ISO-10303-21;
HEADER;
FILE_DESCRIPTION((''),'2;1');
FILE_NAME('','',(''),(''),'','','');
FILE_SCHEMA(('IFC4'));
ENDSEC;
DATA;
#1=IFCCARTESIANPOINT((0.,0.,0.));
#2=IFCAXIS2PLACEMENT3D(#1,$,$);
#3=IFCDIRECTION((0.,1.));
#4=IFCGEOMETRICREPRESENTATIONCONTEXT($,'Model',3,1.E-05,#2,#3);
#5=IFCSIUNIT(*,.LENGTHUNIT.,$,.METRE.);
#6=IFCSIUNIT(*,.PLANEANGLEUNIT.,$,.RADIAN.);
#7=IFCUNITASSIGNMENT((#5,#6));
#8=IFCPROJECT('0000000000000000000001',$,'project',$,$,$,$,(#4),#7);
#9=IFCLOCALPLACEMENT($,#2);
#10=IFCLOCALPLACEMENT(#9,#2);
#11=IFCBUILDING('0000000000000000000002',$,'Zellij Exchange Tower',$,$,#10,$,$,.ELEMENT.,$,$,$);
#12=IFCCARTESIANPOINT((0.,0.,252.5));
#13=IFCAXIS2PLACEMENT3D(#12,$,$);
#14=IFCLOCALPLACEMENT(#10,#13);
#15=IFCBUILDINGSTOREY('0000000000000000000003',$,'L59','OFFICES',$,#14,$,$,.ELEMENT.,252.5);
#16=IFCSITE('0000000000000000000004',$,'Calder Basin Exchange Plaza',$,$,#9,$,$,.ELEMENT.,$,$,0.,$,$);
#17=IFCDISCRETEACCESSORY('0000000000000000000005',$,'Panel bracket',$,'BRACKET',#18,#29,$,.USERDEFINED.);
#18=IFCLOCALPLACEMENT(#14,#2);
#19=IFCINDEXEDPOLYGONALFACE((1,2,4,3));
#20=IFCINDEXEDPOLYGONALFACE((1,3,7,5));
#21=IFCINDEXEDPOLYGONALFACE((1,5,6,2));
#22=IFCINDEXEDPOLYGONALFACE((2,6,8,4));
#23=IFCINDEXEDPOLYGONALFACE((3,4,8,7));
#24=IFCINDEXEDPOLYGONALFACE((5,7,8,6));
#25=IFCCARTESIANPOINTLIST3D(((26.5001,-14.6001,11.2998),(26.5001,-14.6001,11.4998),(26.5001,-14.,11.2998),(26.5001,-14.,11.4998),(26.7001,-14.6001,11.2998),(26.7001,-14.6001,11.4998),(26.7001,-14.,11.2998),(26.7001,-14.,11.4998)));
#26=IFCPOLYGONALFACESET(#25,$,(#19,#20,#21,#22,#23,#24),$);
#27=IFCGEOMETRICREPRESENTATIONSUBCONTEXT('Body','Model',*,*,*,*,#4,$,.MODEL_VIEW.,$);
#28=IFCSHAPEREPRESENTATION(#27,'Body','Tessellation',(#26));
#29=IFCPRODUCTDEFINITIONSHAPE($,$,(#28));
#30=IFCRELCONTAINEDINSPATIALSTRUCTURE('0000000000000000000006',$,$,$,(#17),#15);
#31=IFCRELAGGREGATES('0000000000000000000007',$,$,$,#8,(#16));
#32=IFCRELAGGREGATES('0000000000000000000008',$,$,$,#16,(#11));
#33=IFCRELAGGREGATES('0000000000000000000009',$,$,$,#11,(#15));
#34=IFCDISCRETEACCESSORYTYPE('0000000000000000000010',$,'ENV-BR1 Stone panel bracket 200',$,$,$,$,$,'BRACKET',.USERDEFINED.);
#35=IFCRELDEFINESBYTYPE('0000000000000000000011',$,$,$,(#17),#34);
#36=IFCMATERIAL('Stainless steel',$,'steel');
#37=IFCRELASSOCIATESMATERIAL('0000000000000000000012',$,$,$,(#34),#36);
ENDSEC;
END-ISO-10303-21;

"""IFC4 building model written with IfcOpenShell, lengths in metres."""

from ifc_helpers import new_model, si_unit, direction, frame, origin, origin_2d, place, context, subcontext, project, spatial, rectangle, extrude, material, type_object, element, save


model = new_model("IFC4")

# Units and contexts
model_context = context("Model", 3, precision=1e-05, world=origin(), true_north=direction((0.0, 1.0)))
body_context = subcontext(model_context, "Body", "Model", "MODEL_VIEW")
ifc_project = project(units=[si_unit("LENGTHUNIT", "METRE"), si_unit("PLANEANGLEUNIT", "RADIAN")], contexts=[model_context])

# Site, building, storey
site_placement = place(None, origin())
site = spatial("IfcSite", under=ifc_project, at=site_placement, Name="Calder Basin Exchange Plaza", CompositionType="ELEMENT", RefElevation=0.0)
building_placement = place(site_placement, origin())
building = spatial("IfcBuilding", under=site, at=building_placement, Name="Zellij Exchange Tower", CompositionType="ELEMENT")
storey_placement = place(building_placement, frame((0.0, 0.0, 252.5)))
storey = spatial("IfcBuildingStorey", under=building, at=storey_placement, Name="L59", Description="OFFICES", CompositionType="ELEMENT", Elevation=252.5)

# Discrete accessory
ifc_material_1 = material(Name="Stainless steel", Category="steel")
discrete_accessory_type = type_object("IfcDiscreteAccessoryType", Name="ENV-BR1 Stone panel bracket 200", ElementType="BRACKET", PredefinedType="USERDEFINED", material=ifc_material_1)
for number, where, z_axis, x_axis, name in (
    (1, (26.6001, -14.3, 11.2998), (0.0, 0.0, 1.0), (1.0, 0.0, 0.0), "Panel bracket"),
):
    element("IfcDiscreteAccessory", number, at=place(storey_placement, frame(where, z_axis=z_axis, x_axis=x_axis)), inside=storey, type_object=discrete_accessory_type, Name=name, ObjectType="BRACKET", PredefinedType="USERDEFINED", context=body_context, shape_type="SweptSolid", body=[
        extrude(rectangle(XDim=0.2, YDim=0.6001, at=origin_2d()), origin(), (0.0, 0.0, 1.0), 0.2),
    ])

save(model, "model.ifc")
